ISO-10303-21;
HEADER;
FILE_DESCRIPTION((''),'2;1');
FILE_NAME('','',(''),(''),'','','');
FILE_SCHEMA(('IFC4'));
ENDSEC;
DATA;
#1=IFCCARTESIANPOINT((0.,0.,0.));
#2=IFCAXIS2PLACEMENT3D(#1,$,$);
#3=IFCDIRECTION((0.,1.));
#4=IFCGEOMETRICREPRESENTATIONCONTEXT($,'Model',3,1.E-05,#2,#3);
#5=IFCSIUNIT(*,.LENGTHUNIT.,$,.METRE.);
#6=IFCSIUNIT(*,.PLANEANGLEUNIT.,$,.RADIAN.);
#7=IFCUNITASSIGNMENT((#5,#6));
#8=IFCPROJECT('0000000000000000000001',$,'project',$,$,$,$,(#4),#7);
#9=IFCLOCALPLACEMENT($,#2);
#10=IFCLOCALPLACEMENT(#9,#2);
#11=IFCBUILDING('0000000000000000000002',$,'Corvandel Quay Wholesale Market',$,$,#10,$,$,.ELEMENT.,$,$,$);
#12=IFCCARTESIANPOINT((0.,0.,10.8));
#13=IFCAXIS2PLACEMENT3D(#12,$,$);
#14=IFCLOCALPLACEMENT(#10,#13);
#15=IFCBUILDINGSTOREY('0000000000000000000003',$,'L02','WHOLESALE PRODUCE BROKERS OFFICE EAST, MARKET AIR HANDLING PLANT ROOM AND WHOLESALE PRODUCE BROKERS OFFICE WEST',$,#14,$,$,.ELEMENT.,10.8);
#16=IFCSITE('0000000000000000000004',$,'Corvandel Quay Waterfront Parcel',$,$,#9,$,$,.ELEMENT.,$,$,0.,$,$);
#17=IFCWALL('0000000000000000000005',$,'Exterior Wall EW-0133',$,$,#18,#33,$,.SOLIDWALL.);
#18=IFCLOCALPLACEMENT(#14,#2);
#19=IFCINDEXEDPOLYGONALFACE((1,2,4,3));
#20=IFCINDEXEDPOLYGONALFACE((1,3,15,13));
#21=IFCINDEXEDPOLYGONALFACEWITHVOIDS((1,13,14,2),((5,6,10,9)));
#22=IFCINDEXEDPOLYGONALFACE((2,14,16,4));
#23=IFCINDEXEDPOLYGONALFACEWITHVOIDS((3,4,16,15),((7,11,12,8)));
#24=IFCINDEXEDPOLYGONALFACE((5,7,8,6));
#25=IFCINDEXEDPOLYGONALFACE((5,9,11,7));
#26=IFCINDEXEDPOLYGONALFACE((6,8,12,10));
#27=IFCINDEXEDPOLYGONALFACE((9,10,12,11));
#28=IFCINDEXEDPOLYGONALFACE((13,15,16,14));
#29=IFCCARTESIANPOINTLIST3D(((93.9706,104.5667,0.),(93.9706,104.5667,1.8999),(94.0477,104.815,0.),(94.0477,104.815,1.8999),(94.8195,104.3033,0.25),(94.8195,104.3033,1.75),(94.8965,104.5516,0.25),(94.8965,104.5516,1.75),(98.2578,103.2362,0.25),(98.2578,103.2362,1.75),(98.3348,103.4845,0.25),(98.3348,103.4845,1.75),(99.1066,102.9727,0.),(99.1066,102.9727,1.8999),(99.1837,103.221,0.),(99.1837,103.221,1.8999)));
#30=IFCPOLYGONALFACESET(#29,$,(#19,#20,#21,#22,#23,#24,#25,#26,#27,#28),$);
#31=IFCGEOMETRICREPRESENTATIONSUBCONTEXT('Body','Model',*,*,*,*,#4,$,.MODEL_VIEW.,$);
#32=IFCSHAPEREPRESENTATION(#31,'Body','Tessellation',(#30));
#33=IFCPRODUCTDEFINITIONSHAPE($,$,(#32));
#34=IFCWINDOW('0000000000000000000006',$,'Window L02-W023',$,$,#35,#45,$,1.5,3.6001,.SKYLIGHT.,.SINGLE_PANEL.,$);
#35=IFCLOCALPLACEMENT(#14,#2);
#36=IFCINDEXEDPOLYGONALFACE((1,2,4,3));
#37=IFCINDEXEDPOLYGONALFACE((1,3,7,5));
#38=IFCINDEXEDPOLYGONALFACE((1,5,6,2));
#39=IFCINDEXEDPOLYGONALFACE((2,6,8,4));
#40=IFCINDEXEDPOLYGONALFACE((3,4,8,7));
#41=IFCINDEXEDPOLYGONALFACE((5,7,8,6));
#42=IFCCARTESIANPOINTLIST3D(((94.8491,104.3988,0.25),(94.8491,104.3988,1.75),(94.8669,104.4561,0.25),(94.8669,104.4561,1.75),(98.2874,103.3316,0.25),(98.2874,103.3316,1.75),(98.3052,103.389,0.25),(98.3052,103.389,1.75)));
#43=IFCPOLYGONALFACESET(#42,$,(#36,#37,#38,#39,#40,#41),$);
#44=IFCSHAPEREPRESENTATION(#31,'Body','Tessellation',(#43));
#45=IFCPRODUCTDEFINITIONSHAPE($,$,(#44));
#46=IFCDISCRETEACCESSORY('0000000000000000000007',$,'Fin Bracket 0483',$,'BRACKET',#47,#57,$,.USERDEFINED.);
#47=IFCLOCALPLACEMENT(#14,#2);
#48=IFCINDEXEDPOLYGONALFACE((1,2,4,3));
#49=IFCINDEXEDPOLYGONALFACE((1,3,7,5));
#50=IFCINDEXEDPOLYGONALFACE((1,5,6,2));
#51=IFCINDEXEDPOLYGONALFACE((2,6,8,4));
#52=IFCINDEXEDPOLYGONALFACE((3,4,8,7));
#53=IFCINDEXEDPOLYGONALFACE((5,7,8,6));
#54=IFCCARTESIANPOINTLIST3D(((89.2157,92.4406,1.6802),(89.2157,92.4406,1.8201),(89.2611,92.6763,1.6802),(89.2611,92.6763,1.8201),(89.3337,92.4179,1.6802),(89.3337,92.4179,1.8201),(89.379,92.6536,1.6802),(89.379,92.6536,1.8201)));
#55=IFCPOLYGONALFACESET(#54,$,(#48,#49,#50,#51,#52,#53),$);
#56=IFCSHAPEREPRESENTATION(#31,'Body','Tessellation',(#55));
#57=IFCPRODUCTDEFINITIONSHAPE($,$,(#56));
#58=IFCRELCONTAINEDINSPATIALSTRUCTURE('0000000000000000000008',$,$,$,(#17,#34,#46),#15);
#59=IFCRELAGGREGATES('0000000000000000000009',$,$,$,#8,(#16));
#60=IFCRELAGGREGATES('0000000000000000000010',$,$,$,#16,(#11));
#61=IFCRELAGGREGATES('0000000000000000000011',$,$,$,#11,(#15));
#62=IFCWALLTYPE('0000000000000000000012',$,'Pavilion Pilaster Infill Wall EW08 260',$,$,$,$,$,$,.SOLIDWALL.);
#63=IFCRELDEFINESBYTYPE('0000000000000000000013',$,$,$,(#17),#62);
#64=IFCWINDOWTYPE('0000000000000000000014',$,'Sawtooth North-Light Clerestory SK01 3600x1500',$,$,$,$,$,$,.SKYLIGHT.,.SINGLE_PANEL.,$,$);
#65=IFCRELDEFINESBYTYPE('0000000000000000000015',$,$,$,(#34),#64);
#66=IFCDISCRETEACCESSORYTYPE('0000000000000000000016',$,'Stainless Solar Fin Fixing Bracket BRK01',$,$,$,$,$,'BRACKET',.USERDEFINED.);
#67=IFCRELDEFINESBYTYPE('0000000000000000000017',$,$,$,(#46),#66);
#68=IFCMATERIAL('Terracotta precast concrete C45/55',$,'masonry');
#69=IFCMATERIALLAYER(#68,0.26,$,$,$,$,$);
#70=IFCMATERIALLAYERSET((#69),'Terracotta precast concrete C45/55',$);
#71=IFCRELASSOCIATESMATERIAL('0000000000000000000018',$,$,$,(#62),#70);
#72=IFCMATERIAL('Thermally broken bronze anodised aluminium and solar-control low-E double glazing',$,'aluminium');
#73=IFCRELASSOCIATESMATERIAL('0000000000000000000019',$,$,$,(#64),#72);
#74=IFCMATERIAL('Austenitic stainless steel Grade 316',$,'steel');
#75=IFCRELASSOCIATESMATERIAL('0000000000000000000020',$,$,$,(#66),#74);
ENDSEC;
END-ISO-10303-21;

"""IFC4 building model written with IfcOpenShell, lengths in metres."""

from ifc_helpers import new_model, si_unit, direction, frame, frame_2d, origin, origin_2d, place, context, subcontext, project, spatial, rectangle, extrude, material, layer, layer_set, type_object, element, fill, save


model = new_model("IFC4")

# Units and contexts
model_context = context("Model", 3, precision=1e-05, world=origin(), true_north=direction((0.0, 1.0)))
body_context = subcontext(model_context, "Body", "Model", "MODEL_VIEW")
ifc_project = project(units=[si_unit("LENGTHUNIT", "METRE"), si_unit("PLANEANGLEUNIT", "RADIAN")], contexts=[model_context])

# Site, building, storey
site_placement = place(None, origin())
site = spatial("IfcSite", under=ifc_project, at=site_placement, Name="Corvandel Quay Waterfront Parcel", CompositionType="ELEMENT", RefElevation=0.0)
building_placement = place(site_placement, origin())
building = spatial("IfcBuilding", under=site, at=building_placement, Name="Corvandel Quay Wholesale Market", CompositionType="ELEMENT")
storey_placement = place(building_placement, frame((0.0, 0.0, 10.8)))
storey = spatial("IfcBuildingStorey", under=building, at=storey_placement, Name="L02", Description="WHOLESALE PRODUCE BROKERS OFFICE EAST, MARKET AIR HANDLING PLANT ROOM AND WHOLESALE PRODUCE BROKERS OFFICE WEST", CompositionType="ELEMENT", Elevation=10.8)

# Shared definitions
ifc_material_1 = material(Name="Terracotta precast concrete C45/55", Category="masonry")
ifc_layer_1 = layer(ifc_material_1, 0.26)
ifc_layer_set_1 = layer_set([ifc_layer_1], Name="Terracotta precast concrete C45/55")
wall_type = type_object("IfcWallType", Name="Pavilion Pilaster Infill Wall EW08 260", PredefinedType="SOLIDWALL", material=ifc_layer_set_1)

# Wall, opening, window
wall_1_placement = place(storey_placement, frame((94.009, 104.6909, 0.0), z_axis=(0.0, 0.0, 1.0), x_axis=(0.955061, -0.296411, 0.0)))
wall_1 = element("IfcWall", 1, at=wall_1_placement, inside=storey, type_object=wall_type, Name="Exterior Wall EW-0133", PredefinedType="SOLIDWALL", context=body_context, shape_type="SweptSolid", body=[
    extrude(rectangle(XDim=5.3777, YDim=0.26, at=frame_2d((2.689, 0.0))), origin(), (0.0, 0.0, 1.0), 1.8999),
])
opening_placement = place(wall_1_placement, frame((0.8889, 0.0, 0.25)))
opening = element("IfcOpeningElement", 2, at=opening_placement, cuts=wall_1, PredefinedType="OPENING", context=body_context, shape_type="SweptSolid", body=[
    extrude(rectangle(XDim=3.6001, YDim=1.5, at=frame_2d((1.8, 0.75))), frame((0.0, 0.1399, 0.0), z_axis=(0.0, -1.0, 0.0), x_axis=(1.0, 0.0, 0.0)), (0.0, 0.0, 1.0), 0.28),
])
ifc_material_2 = material(Name="Thermally broken bronze anodised aluminium and solar-control low-E double glazing", Category="aluminium")
window_type = type_object("IfcWindowType", Name="Sawtooth North-Light Clerestory SK01 3600x1500", PartitioningType="SINGLE_PANEL", PredefinedType="SKYLIGHT", material=ifc_material_2)
window_placement = place(opening_placement, origin())
window = element("IfcWindow", 3, at=window_placement, inside=storey, type_object=window_type, Name="Window L02-W023", OverallHeight=1.5, OverallWidth=3.6001, PartitioningType="SINGLE_PANEL", PredefinedType="SKYLIGHT", context=body_context, shape_type="SweptSolid", body=[
    extrude(rectangle(XDim=3.6001, YDim=1.5, at=frame_2d((1.8, 0.75))), frame((0.0, 0.03, 0.0), z_axis=(0.0, -1.0, 0.0), x_axis=(1.0, 0.0, 0.0)), (0.0, 0.0, 1.0), 0.0601),
])
fill(opening, window)

# Discrete accessory
ifc_material_3 = material(Name="Austenitic stainless steel Grade 316", Category="steel")
discrete_accessory_type = type_object("IfcDiscreteAccessoryType", Name="Stainless Solar Fin Fixing Bracket BRK01", ElementType="BRACKET", PredefinedType="USERDEFINED", material=ifc_material_3)
discrete_accessory_placement = place(storey_placement, frame((89.2974, 92.5471, 1.6802), z_axis=(0.0, 0.0, 1.0), x_axis=(0.188924, 0.981992, 0.0)))
element("IfcDiscreteAccessory", 4, at=discrete_accessory_placement, inside=storey, type_object=discrete_accessory_type, Name="Fin Bracket 0483", ObjectType="BRACKET", PredefinedType="USERDEFINED", context=body_context, shape_type="SweptSolid", body=[
    extrude(rectangle(XDim=0.24, YDim=0.1201, at=origin_2d()), origin(), (0.0, 0.0, 1.0), 0.1399),
])

save(model, "model.ifc")
